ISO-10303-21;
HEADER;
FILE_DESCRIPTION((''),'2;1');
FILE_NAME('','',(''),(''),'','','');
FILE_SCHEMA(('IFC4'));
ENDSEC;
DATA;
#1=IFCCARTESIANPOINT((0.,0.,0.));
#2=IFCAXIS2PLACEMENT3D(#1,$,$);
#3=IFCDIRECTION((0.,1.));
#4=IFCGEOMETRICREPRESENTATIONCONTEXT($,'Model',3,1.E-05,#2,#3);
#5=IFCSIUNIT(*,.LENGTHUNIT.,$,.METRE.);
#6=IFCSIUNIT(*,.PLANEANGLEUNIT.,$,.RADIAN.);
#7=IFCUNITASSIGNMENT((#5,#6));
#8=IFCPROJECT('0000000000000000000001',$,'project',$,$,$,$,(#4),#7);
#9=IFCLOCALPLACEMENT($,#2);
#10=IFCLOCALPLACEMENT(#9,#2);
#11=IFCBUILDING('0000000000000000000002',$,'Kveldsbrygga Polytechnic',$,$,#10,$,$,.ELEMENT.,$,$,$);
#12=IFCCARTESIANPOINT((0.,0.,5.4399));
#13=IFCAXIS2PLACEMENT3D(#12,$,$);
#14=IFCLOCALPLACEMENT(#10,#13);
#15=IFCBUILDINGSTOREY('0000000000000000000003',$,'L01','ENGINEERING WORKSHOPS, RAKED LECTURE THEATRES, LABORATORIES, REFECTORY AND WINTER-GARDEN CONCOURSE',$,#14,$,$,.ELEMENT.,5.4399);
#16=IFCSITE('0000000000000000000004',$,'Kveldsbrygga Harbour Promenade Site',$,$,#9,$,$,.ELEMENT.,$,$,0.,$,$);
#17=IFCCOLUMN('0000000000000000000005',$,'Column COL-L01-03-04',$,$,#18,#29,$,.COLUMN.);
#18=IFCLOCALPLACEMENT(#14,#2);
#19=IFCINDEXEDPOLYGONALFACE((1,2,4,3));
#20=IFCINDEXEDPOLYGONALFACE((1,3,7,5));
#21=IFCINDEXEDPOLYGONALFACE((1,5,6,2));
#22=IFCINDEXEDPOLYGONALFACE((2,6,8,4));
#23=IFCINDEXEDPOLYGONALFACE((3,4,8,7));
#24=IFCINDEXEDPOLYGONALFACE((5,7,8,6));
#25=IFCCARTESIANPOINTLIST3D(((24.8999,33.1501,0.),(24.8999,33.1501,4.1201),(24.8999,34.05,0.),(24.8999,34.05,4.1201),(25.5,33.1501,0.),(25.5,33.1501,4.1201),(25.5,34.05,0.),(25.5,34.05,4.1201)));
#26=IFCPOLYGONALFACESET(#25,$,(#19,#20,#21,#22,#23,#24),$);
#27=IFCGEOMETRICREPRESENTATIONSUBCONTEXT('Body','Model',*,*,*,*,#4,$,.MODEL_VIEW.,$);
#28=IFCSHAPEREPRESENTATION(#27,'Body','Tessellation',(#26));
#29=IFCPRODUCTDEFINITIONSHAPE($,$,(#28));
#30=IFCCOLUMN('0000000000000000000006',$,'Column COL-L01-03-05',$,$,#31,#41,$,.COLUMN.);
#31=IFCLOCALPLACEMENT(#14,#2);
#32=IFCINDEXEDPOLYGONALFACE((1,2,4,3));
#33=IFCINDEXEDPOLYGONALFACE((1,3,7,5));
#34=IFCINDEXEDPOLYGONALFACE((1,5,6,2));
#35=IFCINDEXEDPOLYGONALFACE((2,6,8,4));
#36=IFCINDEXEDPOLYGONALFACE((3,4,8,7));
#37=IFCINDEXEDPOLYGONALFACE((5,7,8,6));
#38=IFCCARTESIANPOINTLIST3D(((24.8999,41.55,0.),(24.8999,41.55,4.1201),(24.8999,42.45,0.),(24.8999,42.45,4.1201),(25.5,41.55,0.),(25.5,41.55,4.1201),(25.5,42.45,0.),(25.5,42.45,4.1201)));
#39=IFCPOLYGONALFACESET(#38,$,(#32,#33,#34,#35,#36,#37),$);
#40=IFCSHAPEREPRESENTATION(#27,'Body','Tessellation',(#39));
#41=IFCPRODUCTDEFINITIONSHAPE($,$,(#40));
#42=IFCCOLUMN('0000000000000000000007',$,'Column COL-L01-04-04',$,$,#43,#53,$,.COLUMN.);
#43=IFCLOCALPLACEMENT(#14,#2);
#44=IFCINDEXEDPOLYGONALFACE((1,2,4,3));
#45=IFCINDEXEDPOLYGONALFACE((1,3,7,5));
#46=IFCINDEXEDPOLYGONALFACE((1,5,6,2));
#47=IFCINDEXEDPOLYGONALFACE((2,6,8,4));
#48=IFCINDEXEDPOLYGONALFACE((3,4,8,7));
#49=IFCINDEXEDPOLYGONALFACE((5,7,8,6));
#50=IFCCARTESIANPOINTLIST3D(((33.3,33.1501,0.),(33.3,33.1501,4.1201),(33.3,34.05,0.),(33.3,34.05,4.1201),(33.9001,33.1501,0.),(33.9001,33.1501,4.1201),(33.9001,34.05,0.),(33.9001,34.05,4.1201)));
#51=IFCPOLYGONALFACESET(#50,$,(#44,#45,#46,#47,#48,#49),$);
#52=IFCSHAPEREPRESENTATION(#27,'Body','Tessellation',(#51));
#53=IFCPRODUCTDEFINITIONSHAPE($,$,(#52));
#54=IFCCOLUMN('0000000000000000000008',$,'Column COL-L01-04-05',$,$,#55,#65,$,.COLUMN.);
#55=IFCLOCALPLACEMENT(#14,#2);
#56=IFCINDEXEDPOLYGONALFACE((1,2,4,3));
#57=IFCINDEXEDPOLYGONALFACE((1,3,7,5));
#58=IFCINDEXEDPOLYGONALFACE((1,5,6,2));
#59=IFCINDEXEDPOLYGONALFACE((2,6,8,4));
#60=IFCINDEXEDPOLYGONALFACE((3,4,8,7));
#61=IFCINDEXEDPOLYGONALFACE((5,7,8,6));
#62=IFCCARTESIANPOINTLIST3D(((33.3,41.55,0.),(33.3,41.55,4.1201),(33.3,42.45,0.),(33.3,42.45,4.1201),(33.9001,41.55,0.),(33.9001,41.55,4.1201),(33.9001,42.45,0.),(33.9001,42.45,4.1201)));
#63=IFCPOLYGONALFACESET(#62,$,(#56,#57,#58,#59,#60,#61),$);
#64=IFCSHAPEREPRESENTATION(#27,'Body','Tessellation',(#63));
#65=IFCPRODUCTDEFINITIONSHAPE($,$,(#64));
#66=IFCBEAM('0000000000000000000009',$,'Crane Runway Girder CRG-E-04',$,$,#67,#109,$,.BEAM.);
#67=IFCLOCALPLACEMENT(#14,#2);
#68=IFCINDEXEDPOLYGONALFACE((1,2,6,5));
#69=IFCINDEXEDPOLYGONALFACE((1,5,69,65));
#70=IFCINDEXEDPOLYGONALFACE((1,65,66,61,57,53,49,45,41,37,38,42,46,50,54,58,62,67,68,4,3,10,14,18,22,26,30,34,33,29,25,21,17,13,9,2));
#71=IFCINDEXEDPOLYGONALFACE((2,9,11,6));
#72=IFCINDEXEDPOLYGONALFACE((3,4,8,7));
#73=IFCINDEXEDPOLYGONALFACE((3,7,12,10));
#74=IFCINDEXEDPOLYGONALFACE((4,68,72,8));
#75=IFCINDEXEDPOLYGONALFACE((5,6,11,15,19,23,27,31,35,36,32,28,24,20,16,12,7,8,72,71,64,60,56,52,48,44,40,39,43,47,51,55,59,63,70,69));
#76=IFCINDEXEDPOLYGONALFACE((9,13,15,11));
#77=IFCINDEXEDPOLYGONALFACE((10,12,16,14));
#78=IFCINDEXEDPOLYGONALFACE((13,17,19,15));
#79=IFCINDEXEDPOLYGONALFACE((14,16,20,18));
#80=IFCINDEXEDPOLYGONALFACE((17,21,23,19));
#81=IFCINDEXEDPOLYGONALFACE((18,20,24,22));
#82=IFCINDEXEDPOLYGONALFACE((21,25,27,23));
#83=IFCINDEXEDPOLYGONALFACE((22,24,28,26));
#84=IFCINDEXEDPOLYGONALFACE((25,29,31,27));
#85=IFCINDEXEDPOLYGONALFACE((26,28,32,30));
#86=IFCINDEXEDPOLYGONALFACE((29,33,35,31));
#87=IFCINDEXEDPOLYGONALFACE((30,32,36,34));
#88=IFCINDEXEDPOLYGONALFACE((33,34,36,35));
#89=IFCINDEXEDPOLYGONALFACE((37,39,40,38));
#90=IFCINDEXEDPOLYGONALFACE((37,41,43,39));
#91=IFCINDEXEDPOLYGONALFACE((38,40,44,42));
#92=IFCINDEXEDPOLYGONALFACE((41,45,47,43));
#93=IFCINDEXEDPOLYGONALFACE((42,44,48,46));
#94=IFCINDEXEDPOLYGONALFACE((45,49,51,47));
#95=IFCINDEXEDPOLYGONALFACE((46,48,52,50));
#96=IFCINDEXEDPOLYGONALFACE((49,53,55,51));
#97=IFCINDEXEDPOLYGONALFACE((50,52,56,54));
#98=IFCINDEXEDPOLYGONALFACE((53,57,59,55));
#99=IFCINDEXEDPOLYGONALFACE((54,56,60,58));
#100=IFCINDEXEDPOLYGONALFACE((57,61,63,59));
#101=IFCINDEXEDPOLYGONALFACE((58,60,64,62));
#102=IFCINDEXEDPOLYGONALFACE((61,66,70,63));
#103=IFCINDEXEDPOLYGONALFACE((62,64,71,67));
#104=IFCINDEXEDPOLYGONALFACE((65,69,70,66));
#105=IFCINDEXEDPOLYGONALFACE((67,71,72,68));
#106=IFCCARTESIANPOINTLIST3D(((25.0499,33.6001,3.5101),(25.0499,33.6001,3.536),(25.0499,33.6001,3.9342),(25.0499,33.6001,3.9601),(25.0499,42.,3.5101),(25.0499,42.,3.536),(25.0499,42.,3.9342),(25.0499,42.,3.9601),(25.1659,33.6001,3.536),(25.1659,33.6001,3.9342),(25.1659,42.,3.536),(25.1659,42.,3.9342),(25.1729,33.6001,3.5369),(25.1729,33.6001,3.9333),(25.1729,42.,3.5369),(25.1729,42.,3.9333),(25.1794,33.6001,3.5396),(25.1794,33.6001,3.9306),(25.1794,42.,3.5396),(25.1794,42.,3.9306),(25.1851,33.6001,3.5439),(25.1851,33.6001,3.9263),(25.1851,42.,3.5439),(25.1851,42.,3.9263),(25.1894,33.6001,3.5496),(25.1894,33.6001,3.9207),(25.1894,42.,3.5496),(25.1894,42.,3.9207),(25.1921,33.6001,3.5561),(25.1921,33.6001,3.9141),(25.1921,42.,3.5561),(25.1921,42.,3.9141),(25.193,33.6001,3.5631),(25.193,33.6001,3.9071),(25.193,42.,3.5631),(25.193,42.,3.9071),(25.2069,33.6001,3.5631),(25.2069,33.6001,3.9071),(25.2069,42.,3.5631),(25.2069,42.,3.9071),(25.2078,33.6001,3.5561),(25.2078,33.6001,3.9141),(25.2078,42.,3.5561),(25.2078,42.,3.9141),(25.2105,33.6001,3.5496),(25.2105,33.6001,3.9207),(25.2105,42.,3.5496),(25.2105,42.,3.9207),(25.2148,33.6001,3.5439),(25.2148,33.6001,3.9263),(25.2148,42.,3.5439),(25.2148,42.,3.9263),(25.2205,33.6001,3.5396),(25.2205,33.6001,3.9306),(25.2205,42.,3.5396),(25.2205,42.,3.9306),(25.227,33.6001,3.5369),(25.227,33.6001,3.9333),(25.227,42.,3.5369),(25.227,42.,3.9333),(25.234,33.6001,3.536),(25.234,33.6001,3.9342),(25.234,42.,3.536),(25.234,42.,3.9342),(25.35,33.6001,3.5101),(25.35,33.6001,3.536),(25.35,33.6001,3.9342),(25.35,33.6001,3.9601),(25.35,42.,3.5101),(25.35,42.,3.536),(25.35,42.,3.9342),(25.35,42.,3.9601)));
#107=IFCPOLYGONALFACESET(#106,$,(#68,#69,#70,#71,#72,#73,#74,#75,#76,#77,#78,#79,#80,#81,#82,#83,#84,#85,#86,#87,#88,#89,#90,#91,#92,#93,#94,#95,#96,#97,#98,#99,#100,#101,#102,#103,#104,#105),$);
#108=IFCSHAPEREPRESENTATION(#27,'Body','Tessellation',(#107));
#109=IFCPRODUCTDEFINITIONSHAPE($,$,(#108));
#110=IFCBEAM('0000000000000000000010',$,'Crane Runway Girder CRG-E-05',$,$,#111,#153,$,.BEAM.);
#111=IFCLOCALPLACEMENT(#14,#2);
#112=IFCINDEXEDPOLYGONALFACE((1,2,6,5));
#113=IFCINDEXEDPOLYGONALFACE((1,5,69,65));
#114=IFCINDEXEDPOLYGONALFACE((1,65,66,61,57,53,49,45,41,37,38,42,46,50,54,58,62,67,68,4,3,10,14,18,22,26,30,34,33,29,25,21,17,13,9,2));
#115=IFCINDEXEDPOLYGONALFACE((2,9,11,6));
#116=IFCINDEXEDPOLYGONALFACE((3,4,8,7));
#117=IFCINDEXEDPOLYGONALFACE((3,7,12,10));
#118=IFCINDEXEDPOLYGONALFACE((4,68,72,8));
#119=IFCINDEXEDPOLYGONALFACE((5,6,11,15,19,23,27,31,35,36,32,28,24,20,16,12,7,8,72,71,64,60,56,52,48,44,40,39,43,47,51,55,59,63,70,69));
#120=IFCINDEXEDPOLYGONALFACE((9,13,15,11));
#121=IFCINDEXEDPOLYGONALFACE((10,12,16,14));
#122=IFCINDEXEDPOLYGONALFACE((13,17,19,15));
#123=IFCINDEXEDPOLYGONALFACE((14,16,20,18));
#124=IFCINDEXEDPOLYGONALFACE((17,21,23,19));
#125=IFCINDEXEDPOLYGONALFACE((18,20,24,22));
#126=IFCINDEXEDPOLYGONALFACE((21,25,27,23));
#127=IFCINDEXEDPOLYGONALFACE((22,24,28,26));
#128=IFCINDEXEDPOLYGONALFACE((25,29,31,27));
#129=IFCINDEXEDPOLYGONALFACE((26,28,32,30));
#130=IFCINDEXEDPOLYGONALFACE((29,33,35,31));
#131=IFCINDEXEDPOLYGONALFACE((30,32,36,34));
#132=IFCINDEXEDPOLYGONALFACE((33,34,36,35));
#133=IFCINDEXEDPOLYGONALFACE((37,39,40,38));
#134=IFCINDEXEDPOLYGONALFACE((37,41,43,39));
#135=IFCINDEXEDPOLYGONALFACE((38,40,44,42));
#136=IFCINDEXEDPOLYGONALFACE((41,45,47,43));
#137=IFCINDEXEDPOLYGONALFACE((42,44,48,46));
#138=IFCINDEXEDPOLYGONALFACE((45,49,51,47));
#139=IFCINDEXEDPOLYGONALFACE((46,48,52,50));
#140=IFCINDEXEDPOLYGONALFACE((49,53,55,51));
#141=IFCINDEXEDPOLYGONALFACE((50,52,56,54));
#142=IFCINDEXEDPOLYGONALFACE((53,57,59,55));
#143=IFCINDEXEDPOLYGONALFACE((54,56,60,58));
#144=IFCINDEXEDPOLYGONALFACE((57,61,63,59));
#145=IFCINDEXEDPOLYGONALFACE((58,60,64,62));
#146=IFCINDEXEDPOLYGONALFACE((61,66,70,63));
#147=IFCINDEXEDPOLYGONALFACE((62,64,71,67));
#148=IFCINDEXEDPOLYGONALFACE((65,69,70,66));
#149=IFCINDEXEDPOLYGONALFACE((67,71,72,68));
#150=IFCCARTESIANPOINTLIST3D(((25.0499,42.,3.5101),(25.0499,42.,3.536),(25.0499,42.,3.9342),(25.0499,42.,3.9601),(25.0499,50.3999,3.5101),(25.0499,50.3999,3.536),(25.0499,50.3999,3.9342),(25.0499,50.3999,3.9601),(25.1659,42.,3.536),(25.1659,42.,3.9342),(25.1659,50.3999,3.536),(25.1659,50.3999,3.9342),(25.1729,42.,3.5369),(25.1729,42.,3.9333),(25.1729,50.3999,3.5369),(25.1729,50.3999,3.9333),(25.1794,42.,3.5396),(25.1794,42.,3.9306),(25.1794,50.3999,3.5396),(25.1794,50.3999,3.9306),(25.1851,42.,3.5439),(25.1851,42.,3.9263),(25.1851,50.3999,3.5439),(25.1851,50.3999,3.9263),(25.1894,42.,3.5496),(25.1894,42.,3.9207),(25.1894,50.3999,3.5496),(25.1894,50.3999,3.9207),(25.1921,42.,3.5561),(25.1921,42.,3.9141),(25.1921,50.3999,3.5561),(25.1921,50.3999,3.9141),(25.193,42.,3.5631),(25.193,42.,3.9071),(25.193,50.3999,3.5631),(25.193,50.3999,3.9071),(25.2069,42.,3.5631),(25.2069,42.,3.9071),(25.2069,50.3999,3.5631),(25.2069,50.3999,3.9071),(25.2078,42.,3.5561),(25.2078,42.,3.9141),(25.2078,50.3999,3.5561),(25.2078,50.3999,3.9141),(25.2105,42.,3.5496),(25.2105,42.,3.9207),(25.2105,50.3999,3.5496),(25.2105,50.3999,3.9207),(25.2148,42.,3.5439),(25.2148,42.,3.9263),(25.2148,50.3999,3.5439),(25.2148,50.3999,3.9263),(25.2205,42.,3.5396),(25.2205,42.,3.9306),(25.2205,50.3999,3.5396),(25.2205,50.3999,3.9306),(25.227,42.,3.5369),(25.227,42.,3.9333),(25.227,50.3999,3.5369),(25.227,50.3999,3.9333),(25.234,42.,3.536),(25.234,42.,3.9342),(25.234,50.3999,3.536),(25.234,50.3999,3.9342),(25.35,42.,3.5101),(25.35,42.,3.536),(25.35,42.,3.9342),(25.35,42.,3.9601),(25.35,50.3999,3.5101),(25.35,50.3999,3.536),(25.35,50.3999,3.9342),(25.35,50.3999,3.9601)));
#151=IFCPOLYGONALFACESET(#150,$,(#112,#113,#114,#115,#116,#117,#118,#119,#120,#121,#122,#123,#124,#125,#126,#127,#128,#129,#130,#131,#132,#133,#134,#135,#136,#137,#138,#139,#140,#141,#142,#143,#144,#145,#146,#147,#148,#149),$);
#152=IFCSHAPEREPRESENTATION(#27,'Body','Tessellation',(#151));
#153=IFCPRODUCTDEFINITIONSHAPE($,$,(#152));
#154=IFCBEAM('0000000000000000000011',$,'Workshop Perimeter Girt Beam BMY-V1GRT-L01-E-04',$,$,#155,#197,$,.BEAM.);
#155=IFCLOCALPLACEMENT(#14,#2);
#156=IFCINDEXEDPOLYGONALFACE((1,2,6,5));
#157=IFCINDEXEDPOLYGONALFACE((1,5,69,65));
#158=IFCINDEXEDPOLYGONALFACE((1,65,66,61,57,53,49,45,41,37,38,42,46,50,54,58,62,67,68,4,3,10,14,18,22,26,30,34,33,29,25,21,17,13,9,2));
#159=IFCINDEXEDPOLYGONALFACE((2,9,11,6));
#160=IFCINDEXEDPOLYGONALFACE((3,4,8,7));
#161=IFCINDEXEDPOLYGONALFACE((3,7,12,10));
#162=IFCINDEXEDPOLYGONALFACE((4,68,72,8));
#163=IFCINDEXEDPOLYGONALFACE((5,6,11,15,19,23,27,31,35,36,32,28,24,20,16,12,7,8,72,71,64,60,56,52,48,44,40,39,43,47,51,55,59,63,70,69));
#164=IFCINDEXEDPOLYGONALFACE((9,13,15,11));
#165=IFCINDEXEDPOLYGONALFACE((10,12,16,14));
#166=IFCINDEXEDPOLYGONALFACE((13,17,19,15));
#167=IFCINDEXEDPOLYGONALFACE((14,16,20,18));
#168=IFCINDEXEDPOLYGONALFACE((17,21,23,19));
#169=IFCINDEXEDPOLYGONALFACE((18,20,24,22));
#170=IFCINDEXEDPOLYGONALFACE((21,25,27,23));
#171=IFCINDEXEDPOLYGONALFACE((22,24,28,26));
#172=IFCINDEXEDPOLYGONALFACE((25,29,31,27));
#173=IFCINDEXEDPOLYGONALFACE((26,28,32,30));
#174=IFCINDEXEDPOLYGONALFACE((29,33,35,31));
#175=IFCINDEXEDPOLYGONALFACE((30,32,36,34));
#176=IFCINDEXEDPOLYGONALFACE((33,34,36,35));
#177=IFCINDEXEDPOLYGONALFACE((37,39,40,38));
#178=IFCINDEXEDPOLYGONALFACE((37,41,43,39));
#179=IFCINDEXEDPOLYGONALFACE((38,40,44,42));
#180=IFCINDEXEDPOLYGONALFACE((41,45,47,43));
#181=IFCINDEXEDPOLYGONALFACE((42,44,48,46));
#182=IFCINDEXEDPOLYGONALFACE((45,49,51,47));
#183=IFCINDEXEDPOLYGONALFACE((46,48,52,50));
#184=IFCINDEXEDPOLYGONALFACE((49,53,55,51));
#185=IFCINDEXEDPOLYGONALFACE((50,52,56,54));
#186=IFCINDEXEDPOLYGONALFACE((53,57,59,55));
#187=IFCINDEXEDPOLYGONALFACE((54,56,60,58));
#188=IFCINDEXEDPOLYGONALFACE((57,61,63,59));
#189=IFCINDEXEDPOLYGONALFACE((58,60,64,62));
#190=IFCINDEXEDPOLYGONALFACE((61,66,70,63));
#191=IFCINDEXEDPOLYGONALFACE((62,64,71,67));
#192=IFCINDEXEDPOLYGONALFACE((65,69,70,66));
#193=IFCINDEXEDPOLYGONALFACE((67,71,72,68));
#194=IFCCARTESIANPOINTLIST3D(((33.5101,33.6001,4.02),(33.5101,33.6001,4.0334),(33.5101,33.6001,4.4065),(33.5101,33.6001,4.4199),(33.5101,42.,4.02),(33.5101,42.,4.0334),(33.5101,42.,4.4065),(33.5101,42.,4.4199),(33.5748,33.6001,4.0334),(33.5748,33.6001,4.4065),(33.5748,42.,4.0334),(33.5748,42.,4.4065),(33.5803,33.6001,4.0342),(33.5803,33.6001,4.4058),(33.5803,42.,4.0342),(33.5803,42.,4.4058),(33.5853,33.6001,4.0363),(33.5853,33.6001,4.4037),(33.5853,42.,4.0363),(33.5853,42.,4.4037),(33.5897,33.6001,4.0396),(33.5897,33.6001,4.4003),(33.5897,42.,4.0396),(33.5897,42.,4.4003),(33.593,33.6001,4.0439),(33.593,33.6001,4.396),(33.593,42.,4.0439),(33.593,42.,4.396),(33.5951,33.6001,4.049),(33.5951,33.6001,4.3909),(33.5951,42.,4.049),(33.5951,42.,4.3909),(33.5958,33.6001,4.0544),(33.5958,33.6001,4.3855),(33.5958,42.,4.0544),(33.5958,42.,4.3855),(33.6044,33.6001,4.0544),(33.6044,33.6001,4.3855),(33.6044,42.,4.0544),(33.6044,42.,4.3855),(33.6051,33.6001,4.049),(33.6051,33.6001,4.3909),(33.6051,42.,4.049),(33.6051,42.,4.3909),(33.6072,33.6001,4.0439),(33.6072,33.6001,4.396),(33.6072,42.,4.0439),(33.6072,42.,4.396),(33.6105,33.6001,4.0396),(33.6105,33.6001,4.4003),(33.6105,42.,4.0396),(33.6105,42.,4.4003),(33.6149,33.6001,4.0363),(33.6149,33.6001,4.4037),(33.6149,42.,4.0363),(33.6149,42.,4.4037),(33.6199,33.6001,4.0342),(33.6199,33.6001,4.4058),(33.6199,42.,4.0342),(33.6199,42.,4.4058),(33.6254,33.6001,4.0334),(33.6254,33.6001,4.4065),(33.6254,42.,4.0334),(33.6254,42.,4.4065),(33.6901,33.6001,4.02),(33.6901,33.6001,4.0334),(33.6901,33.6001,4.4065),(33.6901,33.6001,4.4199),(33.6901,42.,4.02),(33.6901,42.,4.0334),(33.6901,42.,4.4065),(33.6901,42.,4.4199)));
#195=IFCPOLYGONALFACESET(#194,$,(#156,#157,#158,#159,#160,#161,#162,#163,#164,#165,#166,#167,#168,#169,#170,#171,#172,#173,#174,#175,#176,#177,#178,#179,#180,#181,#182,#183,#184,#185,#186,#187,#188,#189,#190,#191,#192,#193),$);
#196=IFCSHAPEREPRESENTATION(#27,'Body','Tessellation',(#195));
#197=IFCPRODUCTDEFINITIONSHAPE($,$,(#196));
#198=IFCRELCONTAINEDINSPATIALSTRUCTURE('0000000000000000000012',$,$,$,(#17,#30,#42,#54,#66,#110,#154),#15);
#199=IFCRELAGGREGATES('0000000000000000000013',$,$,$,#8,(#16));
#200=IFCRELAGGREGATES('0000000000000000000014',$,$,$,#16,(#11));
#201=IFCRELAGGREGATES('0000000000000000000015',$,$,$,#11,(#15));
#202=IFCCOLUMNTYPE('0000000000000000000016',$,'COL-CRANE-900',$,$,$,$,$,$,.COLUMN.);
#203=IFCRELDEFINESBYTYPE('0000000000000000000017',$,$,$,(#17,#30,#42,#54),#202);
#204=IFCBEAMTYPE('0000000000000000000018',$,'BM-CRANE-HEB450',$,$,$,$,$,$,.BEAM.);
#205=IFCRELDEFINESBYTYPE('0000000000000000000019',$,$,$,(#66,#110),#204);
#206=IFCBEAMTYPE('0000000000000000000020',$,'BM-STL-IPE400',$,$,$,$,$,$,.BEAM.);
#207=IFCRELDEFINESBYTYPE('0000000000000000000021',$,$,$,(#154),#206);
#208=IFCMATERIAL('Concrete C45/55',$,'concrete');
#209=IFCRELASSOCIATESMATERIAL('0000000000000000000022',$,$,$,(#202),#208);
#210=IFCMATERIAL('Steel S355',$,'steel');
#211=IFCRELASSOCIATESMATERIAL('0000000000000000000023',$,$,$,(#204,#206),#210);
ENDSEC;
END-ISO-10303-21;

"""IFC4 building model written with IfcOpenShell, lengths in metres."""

from ifc_helpers import new_model, si_unit, direction, frame, origin, origin_2d, place, context, subcontext, project, spatial, rectangle, i_section, extrude, material, material_profile, profile_set, type_object, element, save


model = new_model("IFC4")

# Units and contexts
model_context = context("Model", 3, precision=1e-05, world=origin(), true_north=direction((0.0, 1.0)))
body_context = subcontext(model_context, "Body", "Model", "MODEL_VIEW")
ifc_project = project(units=[si_unit("LENGTHUNIT", "METRE"), si_unit("PLANEANGLEUNIT", "RADIAN")], contexts=[model_context])

# Site, building, storey
site_placement = place(None, origin())
site = spatial("IfcSite", under=ifc_project, at=site_placement, Name="Kveldsbrygga Harbour Promenade Site", CompositionType="ELEMENT", RefElevation=0.0)
building_placement = place(site_placement, origin())
building = spatial("IfcBuilding", under=site, at=building_placement, Name="Kveldsbrygga Polytechnic", CompositionType="ELEMENT")
storey_placement = place(building_placement, frame((0.0, 0.0, 5.4399)))
storey = spatial("IfcBuildingStorey", under=building, at=storey_placement, Name="L01", Description="ENGINEERING WORKSHOPS, RAKED LECTURE THEATRES, LABORATORIES, REFECTORY AND WINTER-GARDEN CONCOURSE", CompositionType="ELEMENT", Elevation=5.4399)

# Columns
ifc_material_1 = material(Name="Concrete C45/55", Category="concrete")
ifc_material_profile_1 = material_profile(ifc_material_1, rectangle(XDim=0.6001, YDim=0.8999, at=origin_2d()), Name="RC 600x900")
ifc_profile_set_1 = profile_set([ifc_material_profile_1], Name="Concrete C45/55")
column_type = type_object("IfcColumnType", Name="COL-CRANE-900", PredefinedType="COLUMN", material=ifc_profile_set_1)
for number, where, z_axis, x_axis, name in (
    (1, (25.2, 33.6001, 0.0), (0.0, 0.0, 1.0), (1.0, 0.0, 0.0), "Column COL-L01-03-04"),
    (2, (25.2, 42.0, 0.0), (0.0, 0.0, 1.0), (1.0, 0.0, 0.0), "Column COL-L01-03-05"),
    (3, (33.6001, 33.6001, 0.0), (0.0, 0.0, 1.0), (1.0, 0.0, 0.0), "Column COL-L01-04-04"),
    (4, (33.6001, 42.0, 0.0), (0.0, 0.0, 1.0), (1.0, 0.0, 0.0), "Column COL-L01-04-05"),
):
    element("IfcColumn", number, at=place(storey_placement, frame(where, z_axis=z_axis, x_axis=x_axis)), inside=storey, type_object=column_type, Name=name, PredefinedType="COLUMN", context=body_context, shape_type="SweptSolid", body=[
        extrude(rectangle(XDim=0.6001, YDim=0.8999, at=origin_2d()), origin(), (0.0, 0.0, 1.0), 4.1201),
    ])

# Beams
ifc_material_2 = material(Name="Steel S355", Category="steel")
ifc_material_profile_2 = material_profile(ifc_material_2, i_section(OverallWidth=0.3, OverallDepth=0.45, WebThickness=0.0139, FlangeThickness=0.0259, FilletRadius=0.0271, at=origin_2d()), Name="HEB 450")
ifc_profile_set_2 = profile_set([ifc_material_profile_2], Name="Steel S355")
beam_type_1 = type_object("IfcBeamType", Name="BM-CRANE-HEB450", PredefinedType="BEAM", material=ifc_profile_set_2)
for number, where, z_axis, x_axis, name in (
    (5, (25.2, 33.6001, 3.7351), (0.0, 1.0, 0.0), (-1.0, 0.0, 0.0), "Crane Runway Girder CRG-E-04"),
    (6, (25.2, 42.0, 3.7351), (0.0, 1.0, 0.0), (-1.0, 0.0, 0.0), "Crane Runway Girder CRG-E-05"),
):
    element("IfcBeam", number, at=place(storey_placement, frame(where, z_axis=z_axis, x_axis=x_axis)), inside=storey, type_object=beam_type_1, Name=name, PredefinedType="BEAM", context=body_context, shape_type="SweptSolid", body=[
        extrude(i_section(OverallWidth=0.3, OverallDepth=0.45, WebThickness=0.0139, FlangeThickness=0.0259, FilletRadius=0.0271, at=origin_2d()), origin(), (0.0, 0.0, 1.0), 8.3999),
    ])
ifc_material_profile_3 = material_profile(ifc_material_2, i_section(OverallWidth=0.1799, OverallDepth=0.3999, WebThickness=0.0085, FlangeThickness=0.0134, FilletRadius=0.021, at=origin_2d()), Name="IPE 400")
ifc_profile_set_3 = profile_set([ifc_material_profile_3], Name="Steel S355")
beam_type_2 = type_object("IfcBeamType", Name="BM-STL-IPE400", PredefinedType="BEAM", material=ifc_profile_set_3)
for number, where, z_axis, x_axis, name in (
    (7, (33.6001, 33.6001, 4.22), (0.0, 1.0, 0.0), (-1.0, 0.0, 0.0), "Workshop Perimeter Girt Beam BMY-V1GRT-L01-E-04"),
):
    element("IfcBeam", number, at=place(storey_placement, frame(where, z_axis=z_axis, x_axis=x_axis)), inside=storey, type_object=beam_type_2, Name=name, PredefinedType="BEAM", context=body_context, shape_type="SweptSolid", body=[
        extrude(i_section(OverallWidth=0.1799, OverallDepth=0.3999, WebThickness=0.0085, FlangeThickness=0.0134, FilletRadius=0.021, at=origin_2d()), origin(), (0.0, 0.0, 1.0), 8.3999),
    ])

save(model, "model.ifc")
